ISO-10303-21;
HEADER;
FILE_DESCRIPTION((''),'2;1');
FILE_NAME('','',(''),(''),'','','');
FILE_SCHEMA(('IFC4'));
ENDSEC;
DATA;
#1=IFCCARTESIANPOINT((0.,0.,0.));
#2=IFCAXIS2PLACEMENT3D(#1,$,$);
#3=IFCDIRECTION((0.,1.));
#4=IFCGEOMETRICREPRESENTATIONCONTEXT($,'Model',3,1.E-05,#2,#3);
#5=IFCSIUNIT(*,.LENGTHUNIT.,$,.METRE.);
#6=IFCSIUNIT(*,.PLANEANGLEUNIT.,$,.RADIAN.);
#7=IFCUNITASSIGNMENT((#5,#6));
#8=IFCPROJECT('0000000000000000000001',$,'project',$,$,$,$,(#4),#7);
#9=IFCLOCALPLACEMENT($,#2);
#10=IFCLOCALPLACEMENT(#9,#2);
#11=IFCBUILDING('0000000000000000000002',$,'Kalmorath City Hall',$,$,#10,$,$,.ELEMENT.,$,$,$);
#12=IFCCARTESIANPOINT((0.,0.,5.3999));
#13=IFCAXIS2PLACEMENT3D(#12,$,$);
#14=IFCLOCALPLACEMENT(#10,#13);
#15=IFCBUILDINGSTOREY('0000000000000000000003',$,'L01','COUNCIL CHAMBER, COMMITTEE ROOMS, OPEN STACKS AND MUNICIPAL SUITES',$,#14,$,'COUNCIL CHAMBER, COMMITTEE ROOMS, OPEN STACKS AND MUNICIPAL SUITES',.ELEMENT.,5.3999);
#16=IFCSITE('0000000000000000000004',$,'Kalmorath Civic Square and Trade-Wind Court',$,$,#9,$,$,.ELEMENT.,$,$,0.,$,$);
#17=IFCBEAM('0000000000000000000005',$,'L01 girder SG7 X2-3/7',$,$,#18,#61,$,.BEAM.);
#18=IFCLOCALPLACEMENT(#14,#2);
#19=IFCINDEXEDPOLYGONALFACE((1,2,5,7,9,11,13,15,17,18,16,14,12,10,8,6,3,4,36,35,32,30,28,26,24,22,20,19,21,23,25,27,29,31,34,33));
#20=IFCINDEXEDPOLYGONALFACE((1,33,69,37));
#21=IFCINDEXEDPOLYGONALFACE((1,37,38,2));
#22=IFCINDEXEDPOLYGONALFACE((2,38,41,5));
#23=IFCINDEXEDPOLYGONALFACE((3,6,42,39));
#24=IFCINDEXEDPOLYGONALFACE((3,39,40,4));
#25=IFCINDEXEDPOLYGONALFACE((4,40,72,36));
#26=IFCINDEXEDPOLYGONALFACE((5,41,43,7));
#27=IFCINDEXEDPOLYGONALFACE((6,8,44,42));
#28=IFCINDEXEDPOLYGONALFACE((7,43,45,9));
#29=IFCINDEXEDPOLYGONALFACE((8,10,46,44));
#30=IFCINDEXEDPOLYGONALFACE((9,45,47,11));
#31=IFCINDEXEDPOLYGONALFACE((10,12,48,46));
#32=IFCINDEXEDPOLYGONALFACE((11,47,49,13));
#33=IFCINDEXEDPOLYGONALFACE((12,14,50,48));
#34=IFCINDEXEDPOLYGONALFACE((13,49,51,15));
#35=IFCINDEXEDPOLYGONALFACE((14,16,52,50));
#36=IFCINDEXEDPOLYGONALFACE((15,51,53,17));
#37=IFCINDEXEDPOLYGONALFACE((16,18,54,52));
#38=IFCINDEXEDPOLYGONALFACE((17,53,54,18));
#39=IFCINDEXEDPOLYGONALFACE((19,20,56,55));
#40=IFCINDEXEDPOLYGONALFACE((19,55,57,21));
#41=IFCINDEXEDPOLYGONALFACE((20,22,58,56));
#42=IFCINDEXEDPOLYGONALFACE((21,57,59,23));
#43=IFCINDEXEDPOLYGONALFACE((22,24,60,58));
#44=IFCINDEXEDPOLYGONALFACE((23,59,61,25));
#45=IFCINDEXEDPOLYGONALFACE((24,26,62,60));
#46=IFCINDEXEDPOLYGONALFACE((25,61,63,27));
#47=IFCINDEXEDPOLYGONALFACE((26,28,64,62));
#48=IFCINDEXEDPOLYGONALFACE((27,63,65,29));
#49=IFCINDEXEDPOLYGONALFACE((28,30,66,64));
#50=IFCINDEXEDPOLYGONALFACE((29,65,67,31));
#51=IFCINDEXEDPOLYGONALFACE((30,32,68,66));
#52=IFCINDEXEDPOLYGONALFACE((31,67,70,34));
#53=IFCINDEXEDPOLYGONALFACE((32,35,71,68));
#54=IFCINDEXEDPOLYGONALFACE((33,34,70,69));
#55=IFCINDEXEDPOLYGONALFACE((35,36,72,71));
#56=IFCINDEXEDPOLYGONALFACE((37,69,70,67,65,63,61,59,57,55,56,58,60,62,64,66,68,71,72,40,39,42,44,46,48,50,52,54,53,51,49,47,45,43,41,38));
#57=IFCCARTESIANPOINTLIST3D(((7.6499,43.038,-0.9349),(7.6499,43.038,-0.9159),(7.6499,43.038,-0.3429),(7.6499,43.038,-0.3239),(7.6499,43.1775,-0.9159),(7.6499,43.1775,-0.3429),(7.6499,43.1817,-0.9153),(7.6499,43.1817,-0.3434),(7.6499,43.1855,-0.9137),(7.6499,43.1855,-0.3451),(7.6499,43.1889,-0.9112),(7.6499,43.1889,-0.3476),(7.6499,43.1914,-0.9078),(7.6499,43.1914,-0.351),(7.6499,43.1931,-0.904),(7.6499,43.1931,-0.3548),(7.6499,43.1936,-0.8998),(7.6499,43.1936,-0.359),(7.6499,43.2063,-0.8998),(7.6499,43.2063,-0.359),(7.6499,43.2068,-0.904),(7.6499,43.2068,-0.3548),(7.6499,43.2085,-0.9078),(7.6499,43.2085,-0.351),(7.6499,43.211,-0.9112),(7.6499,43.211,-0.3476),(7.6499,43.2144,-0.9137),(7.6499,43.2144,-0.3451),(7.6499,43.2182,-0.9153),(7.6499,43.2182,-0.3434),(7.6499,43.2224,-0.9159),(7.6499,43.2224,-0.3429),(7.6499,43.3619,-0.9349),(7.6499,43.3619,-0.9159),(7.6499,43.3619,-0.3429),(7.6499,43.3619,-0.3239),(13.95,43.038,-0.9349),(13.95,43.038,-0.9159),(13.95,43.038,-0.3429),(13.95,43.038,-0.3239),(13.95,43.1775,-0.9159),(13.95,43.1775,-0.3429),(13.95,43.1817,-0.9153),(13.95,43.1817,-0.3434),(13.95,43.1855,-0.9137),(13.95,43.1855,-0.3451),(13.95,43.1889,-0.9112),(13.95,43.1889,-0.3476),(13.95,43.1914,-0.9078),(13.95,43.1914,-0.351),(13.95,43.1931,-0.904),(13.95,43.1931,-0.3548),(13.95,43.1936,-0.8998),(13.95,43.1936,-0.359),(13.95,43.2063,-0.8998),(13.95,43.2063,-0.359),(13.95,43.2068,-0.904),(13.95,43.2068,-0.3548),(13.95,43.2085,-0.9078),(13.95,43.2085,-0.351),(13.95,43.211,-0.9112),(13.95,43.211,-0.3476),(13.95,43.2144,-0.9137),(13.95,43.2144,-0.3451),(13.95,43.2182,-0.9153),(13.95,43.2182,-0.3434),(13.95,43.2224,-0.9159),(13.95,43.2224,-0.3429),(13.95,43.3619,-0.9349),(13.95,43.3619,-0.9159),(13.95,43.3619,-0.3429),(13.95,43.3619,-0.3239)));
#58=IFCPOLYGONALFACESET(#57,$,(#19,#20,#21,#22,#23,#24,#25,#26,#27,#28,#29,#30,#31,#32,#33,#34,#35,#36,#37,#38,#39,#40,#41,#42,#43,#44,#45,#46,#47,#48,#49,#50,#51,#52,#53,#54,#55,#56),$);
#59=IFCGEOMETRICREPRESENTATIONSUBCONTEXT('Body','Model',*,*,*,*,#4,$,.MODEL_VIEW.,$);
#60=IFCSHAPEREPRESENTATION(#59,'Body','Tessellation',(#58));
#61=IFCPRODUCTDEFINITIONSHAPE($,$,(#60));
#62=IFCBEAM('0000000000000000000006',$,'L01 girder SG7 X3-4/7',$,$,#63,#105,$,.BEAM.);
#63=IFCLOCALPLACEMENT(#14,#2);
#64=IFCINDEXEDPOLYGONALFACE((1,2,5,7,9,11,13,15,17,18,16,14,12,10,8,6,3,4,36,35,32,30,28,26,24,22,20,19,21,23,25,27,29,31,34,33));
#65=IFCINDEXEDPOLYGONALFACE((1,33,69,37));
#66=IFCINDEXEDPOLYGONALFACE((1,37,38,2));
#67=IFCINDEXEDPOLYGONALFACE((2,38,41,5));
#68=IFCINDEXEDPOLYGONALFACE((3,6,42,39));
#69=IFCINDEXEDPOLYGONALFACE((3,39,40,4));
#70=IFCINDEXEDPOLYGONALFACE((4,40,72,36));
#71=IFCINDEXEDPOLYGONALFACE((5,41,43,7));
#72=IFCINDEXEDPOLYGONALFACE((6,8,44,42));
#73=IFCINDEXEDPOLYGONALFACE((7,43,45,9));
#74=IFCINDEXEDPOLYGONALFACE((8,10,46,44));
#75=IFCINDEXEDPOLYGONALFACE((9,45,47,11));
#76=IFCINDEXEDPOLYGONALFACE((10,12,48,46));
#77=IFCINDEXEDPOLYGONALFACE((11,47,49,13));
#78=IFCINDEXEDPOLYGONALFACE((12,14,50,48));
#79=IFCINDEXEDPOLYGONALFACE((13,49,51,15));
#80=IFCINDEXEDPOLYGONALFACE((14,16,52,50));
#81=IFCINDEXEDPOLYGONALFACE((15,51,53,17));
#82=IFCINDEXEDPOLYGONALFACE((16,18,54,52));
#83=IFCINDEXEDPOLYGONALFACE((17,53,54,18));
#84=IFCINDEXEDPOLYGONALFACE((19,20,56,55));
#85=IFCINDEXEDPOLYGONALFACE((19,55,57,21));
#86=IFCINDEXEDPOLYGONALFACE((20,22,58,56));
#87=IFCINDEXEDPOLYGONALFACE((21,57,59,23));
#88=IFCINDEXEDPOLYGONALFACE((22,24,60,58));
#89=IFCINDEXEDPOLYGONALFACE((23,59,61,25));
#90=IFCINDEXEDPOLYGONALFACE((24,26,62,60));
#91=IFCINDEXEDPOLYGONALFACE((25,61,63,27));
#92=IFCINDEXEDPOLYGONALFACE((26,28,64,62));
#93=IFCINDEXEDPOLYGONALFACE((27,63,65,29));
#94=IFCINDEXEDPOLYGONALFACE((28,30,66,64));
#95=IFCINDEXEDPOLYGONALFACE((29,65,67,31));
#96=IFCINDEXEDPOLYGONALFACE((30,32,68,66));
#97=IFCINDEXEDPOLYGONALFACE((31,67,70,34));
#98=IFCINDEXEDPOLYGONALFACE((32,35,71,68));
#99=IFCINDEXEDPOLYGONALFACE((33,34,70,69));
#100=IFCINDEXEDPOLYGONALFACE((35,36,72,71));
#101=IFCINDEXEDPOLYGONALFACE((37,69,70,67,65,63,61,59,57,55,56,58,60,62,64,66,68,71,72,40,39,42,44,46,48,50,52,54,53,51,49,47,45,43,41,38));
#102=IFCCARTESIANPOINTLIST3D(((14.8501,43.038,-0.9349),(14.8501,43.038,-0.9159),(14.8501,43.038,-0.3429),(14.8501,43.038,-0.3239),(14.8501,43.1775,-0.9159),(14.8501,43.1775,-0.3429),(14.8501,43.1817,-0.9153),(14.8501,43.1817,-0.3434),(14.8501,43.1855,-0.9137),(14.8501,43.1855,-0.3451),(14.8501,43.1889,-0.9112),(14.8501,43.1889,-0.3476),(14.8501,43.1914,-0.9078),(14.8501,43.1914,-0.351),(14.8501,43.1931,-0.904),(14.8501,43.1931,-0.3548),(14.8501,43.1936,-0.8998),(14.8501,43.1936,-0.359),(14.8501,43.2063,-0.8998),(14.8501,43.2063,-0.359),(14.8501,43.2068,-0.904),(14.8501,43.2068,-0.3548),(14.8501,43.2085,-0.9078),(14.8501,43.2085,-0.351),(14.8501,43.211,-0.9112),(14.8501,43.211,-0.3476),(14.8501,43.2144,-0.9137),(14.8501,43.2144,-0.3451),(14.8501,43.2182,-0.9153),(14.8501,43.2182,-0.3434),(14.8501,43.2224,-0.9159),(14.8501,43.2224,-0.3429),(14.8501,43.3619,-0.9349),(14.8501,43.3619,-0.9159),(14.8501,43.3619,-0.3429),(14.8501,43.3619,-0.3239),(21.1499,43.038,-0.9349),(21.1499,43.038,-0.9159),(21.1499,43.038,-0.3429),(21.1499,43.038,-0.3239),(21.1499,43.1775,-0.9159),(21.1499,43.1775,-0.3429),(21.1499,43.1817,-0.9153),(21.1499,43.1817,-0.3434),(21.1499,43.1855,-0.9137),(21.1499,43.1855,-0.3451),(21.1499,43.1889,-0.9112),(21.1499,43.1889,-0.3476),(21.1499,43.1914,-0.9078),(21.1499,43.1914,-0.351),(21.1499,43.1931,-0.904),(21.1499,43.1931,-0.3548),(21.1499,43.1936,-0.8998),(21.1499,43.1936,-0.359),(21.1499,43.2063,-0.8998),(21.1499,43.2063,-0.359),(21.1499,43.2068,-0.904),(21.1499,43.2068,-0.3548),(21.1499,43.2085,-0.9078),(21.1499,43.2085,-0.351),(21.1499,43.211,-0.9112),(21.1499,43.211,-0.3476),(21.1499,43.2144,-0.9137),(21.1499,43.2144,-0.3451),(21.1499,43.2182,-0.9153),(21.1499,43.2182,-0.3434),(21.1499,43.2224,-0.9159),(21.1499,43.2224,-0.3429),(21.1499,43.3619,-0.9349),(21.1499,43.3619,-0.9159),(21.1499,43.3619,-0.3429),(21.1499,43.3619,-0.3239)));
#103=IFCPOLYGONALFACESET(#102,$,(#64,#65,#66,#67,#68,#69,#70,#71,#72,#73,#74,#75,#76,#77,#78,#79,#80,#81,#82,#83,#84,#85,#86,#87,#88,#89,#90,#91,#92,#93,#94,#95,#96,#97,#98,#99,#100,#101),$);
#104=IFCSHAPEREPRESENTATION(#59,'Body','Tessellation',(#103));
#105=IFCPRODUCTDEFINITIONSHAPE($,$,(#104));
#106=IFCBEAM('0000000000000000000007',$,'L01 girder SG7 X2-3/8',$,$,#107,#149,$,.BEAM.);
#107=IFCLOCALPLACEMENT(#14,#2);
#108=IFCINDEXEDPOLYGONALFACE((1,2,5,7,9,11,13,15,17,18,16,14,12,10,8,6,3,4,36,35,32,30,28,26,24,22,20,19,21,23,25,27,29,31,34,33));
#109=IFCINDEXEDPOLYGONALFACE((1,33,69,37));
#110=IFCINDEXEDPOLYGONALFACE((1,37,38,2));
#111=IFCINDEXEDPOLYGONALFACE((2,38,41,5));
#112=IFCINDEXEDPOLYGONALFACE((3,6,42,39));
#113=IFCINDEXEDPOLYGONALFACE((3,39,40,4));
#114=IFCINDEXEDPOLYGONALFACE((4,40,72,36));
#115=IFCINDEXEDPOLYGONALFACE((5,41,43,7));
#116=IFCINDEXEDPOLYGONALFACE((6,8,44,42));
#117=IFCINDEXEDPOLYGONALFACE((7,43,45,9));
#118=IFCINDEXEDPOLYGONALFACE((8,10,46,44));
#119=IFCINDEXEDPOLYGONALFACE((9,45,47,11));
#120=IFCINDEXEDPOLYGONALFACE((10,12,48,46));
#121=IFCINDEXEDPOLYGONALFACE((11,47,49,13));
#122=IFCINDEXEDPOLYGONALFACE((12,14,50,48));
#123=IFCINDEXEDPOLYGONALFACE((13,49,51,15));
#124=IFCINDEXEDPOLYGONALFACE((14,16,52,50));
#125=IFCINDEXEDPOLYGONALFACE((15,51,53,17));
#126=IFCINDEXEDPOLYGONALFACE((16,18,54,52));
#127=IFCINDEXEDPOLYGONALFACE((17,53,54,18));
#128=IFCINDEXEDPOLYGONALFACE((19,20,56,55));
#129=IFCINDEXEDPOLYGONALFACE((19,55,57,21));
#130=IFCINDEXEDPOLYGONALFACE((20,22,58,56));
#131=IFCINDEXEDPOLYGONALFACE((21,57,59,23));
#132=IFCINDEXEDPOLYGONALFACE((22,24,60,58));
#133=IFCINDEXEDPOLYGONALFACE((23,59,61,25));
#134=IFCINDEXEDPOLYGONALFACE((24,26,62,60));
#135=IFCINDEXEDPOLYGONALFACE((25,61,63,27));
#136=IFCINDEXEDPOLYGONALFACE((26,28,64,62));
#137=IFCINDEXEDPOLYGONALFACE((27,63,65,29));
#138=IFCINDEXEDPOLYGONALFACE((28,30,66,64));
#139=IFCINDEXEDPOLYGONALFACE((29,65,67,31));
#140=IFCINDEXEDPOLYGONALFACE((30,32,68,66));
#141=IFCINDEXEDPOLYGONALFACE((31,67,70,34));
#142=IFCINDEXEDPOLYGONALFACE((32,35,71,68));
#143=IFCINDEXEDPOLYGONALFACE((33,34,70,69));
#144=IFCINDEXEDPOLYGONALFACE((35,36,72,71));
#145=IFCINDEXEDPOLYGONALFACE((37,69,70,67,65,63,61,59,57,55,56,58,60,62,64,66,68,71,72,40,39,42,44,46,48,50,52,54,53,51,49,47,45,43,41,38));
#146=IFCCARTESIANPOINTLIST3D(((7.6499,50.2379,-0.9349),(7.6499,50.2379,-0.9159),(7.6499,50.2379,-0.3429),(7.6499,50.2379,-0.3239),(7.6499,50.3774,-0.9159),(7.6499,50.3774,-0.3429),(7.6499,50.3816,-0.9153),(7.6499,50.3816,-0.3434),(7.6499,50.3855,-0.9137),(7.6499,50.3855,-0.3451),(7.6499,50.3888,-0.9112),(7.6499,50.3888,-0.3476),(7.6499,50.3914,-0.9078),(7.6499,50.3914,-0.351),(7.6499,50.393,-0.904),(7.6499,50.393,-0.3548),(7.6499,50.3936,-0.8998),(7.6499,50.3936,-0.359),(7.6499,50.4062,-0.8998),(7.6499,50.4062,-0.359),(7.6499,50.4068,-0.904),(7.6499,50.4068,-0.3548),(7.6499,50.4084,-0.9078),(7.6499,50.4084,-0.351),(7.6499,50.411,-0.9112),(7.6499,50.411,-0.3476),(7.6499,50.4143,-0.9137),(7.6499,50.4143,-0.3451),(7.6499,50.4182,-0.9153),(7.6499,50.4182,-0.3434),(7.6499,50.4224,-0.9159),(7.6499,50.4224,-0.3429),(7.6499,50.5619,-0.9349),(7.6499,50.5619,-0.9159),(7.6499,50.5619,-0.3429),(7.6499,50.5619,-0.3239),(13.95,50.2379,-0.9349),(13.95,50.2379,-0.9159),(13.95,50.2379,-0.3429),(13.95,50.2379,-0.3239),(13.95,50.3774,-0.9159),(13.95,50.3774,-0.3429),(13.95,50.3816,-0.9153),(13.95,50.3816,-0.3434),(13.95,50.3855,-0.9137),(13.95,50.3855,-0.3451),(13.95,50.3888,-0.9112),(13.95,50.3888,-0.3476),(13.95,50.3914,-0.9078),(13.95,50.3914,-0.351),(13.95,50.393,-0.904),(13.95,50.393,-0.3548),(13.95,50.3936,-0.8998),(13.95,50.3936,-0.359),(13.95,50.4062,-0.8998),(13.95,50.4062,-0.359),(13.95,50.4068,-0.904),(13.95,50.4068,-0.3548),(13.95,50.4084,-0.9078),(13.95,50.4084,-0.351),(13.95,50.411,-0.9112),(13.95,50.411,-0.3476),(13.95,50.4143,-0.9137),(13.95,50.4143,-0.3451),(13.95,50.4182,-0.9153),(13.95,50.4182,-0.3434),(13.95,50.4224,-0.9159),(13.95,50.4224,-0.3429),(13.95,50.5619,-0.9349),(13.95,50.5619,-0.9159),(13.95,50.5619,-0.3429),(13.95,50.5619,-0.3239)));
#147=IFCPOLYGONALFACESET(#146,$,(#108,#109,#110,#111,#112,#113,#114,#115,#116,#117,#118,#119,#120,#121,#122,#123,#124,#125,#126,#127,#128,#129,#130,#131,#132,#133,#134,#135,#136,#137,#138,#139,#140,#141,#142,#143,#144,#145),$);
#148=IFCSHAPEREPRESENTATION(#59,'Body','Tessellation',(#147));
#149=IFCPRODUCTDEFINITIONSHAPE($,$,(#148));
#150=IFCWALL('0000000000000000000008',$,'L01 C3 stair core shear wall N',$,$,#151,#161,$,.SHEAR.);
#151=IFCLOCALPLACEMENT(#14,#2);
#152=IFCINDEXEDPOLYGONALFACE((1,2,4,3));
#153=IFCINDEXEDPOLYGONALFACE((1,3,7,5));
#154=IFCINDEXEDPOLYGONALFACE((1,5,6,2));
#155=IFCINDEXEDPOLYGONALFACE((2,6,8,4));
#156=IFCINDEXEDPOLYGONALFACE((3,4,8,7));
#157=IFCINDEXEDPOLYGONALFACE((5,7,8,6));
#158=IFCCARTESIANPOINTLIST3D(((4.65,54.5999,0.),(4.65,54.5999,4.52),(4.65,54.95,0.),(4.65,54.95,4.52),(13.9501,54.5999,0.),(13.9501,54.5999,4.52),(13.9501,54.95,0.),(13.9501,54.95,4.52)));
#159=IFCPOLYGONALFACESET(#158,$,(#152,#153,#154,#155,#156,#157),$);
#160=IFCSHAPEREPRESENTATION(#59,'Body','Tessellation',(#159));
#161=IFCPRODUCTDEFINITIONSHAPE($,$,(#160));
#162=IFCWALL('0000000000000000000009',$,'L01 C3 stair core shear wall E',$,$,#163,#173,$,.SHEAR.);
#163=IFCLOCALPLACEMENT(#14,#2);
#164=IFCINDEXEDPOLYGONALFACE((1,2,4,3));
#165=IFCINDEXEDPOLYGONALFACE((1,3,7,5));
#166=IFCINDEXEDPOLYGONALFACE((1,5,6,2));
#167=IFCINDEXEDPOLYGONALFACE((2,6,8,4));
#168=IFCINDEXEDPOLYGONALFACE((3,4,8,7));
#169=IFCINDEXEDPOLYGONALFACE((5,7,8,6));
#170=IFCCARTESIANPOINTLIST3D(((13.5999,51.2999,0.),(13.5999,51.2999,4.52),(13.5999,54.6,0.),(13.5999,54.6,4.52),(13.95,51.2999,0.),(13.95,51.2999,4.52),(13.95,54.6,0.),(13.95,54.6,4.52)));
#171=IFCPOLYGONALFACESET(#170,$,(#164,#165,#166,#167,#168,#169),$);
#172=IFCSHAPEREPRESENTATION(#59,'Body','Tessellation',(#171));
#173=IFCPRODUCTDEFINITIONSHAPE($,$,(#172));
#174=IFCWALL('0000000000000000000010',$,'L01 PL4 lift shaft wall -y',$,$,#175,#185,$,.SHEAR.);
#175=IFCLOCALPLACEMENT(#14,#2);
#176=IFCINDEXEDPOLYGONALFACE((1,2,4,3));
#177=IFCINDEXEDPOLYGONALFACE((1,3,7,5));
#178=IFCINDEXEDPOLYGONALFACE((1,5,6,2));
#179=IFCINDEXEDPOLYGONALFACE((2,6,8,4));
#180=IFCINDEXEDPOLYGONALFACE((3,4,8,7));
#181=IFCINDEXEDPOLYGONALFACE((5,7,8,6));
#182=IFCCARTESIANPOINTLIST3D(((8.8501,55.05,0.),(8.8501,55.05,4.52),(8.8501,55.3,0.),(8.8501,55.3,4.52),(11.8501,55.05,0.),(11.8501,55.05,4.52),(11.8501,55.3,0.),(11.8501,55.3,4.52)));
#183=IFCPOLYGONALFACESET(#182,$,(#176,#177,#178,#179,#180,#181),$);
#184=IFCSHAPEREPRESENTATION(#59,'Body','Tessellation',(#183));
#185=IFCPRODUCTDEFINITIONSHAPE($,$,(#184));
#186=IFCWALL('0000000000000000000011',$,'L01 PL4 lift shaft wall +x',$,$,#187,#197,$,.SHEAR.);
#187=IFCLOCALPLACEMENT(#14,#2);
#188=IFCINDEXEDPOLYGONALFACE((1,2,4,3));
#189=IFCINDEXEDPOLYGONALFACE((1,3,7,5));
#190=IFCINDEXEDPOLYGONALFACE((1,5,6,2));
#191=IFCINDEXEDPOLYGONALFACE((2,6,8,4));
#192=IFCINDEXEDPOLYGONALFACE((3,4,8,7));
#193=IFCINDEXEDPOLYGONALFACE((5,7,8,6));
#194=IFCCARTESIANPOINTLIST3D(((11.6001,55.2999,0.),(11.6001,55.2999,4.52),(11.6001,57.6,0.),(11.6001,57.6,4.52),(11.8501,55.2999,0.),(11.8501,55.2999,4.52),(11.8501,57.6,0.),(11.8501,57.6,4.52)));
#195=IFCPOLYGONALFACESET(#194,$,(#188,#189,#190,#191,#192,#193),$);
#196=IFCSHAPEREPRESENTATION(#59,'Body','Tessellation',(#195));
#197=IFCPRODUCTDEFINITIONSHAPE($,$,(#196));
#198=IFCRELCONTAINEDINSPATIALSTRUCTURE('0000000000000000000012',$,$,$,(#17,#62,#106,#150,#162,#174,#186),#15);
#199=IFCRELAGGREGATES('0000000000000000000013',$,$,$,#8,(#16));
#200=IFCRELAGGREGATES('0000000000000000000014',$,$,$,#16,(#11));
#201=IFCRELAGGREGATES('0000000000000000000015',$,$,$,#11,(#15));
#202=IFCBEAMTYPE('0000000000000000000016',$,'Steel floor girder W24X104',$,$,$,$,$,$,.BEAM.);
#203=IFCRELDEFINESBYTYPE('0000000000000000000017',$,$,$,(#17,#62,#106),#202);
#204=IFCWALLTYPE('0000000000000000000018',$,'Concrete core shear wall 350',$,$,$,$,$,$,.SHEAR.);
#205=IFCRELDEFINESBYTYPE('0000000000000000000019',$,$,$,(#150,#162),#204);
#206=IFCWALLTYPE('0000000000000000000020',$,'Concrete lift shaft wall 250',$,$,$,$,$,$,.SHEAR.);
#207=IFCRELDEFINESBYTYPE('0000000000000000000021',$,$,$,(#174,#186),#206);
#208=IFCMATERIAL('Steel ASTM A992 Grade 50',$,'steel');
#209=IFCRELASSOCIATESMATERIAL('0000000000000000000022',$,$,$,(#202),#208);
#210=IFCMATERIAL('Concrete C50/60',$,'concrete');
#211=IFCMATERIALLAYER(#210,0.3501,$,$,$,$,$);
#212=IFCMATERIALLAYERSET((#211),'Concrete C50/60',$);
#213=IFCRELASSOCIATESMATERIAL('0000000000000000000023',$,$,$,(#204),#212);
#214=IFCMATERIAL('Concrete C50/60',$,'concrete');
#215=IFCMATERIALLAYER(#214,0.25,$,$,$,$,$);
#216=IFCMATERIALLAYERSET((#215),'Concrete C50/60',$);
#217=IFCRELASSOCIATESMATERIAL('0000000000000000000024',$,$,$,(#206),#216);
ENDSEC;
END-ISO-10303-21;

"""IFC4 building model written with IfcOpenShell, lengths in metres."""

from ifc_helpers import new_model, si_unit, direction, frame, frame_2d, origin, origin_2d, place, context, subcontext, project, spatial, rectangle, i_section, extrude, material, layer, layer_set, material_profile, profile_set, type_object, element, save


model = new_model("IFC4")

# Units and contexts
model_context = context("Model", 3, precision=1e-05, world=origin(), true_north=direction((0.0, 1.0)))
body_context = subcontext(model_context, "Body", "Model", "MODEL_VIEW")
ifc_project = project(units=[si_unit("LENGTHUNIT", "METRE"), si_unit("PLANEANGLEUNIT", "RADIAN")], contexts=[model_context])

# Site, building, storey
site_placement = place(None, origin())
site = spatial("IfcSite", under=ifc_project, at=site_placement, Name="Kalmorath Civic Square and Trade-Wind Court", CompositionType="ELEMENT", RefElevation=0.0)
building_placement = place(site_placement, origin())
building = spatial("IfcBuilding", under=site, at=building_placement, Name="Kalmorath City Hall", CompositionType="ELEMENT")
storey_placement = place(building_placement, frame((0.0, 0.0, 5.3999)))
storey = spatial("IfcBuildingStorey", under=building, at=storey_placement, Name="L01", Description="COUNCIL CHAMBER, COMMITTEE ROOMS, OPEN STACKS AND MUNICIPAL SUITES", LongName="COUNCIL CHAMBER, COMMITTEE ROOMS, OPEN STACKS AND MUNICIPAL SUITES", CompositionType="ELEMENT", Elevation=5.3999)

# Beams
ifc_material_1 = material(Name="Steel ASTM A992 Grade 50", Category="steel")
ifc_material_profile_1 = material_profile(ifc_material_1, i_section(OverallWidth=0.324, OverallDepth=0.6111, WebThickness=0.0127, FlangeThickness=0.019, FilletRadius=0.0161, at=origin_2d()), Name="W24X104")
ifc_profile_set_1 = profile_set([ifc_material_profile_1], Name="Steel ASTM A992 Grade 50")
beam_type_1 = type_object("IfcBeamType", Name="Steel floor girder W24X104", PredefinedType="BEAM", material=ifc_profile_set_1)
beam_1_placement = place(storey_placement, frame((7.6499, 43.2, -0.6294), z_axis=(1.0, 0.0, 0.0), x_axis=(0.0, 1.0, 0.0)))
element("IfcBeam", 1, at=beam_1_placement, inside=storey, type_object=beam_type_1, Name="L01 girder SG7 X2-3/7", PredefinedType="BEAM", context=body_context, shape_type="SweptSolid", body=[
    extrude(i_section(OverallWidth=0.324, OverallDepth=0.6111, WebThickness=0.0127, FlangeThickness=0.019, FilletRadius=0.0161, at=origin_2d()), origin(), (0.0, 0.0, 1.0), 6.3),
])
beam_2_placement = place(storey_placement, frame((14.8501, 43.2, -0.6294), z_axis=(1.0, 0.0, 0.0), x_axis=(0.0, 1.0, 0.0)))
element("IfcBeam", 2, at=beam_2_placement, inside=storey, type_object=beam_type_1, Name="L01 girder SG7 X3-4/7", PredefinedType="BEAM", context=body_context, shape_type="SweptSolid", body=[
    extrude(i_section(OverallWidth=0.324, OverallDepth=0.6111, WebThickness=0.0127, FlangeThickness=0.019, FilletRadius=0.0161, at=origin_2d()), origin(), (0.0, 0.0, 1.0), 6.2998),
])
beam_3_placement = place(storey_placement, frame((7.6499, 50.3999, -0.6294), z_axis=(1.0, 0.0, 0.0), x_axis=(0.0, 1.0, 0.0)))
element("IfcBeam", 3, at=beam_3_placement, inside=storey, type_object=beam_type_1, Name="L01 girder SG7 X2-3/8", PredefinedType="BEAM", context=body_context, shape_type="SweptSolid", body=[
    extrude(i_section(OverallWidth=0.324, OverallDepth=0.6111, WebThickness=0.0127, FlangeThickness=0.019, FilletRadius=0.0161, at=origin_2d()), origin(), (0.0, 0.0, 1.0), 6.3),
])

# Walls
ifc_material_2 = material(Name="Concrete C50/60", Category="concrete")
ifc_layer_1 = layer(ifc_material_2, 0.3501)
ifc_layer_set_1 = layer_set([ifc_layer_1], Name="Concrete C50/60")
wall_type_1 = type_object("IfcWallType", Name="Concrete core shear wall 350", PredefinedType="SHEAR", material=ifc_layer_set_1)
wall_1_placement = place(storey_placement, frame((13.95, 54.7749, 0.0), z_axis=(0.0, 0.0, 1.0), x_axis=(-1.0, 0.0, 0.0)))
element("IfcWall", 4, at=wall_1_placement, inside=storey, type_object=wall_type_1, Name="L01 C3 stair core shear wall N", PredefinedType="SHEAR", context=body_context, shape_type="SweptSolid", body=[
    extrude(rectangle(XDim=9.3, YDim=0.3501, at=frame_2d((4.6499, 0.0))), origin(), (0.0, 0.0, 1.0), 4.52),
])
wall_2_placement = place(storey_placement, frame((13.7749, 51.3, 0.0), z_axis=(0.0, 0.0, 1.0), x_axis=(0.0, 1.0, 0.0)))
element("IfcWall", 5, at=wall_2_placement, inside=storey, type_object=wall_type_1, Name="L01 C3 stair core shear wall E", PredefinedType="SHEAR", context=body_context, shape_type="SweptSolid", body=[
    extrude(rectangle(XDim=3.3, YDim=0.3501, at=frame_2d((1.6499, 0.0))), origin(), (0.0, 0.0, 1.0), 4.52),
])
ifc_material_3 = material(Name="Concrete C50/60", Category="concrete")
ifc_layer_2 = layer(ifc_material_3, 0.25)
ifc_layer_set_2 = layer_set([ifc_layer_2], Name="Concrete C50/60")
wall_type_2 = type_object("IfcWallType", Name="Concrete lift shaft wall 250", PredefinedType="SHEAR", material=ifc_layer_set_2)
wall_3_placement = place(storey_placement, frame((8.8501, 55.175, 0.0), z_axis=(0.0, 0.0, 1.0), x_axis=(1.0, 0.0, 0.0)))
element("IfcWall", 6, at=wall_3_placement, inside=storey, type_object=wall_type_2, Name="L01 PL4 lift shaft wall -y", PredefinedType="SHEAR", context=body_context, shape_type="SweptSolid", body=[
    extrude(rectangle(XDim=3.0, YDim=0.25, at=frame_2d((1.5, 0.0))), origin(), (0.0, 0.0, 1.0), 4.52),
])
wall_4_placement = place(storey_placement, frame((11.7251, 55.3, 0.0), z_axis=(0.0, 0.0, 1.0), x_axis=(0.0, 1.0, 0.0)))
element("IfcWall", 7, at=wall_4_placement, inside=storey, type_object=wall_type_2, Name="L01 PL4 lift shaft wall +x", PredefinedType="SHEAR", context=body_context, shape_type="SweptSolid", body=[
    extrude(rectangle(XDim=2.3, YDim=0.25, at=frame_2d((1.1499, 0.0))), origin(), (0.0, 0.0, 1.0), 4.52),
])

save(model, "model.ifc")
